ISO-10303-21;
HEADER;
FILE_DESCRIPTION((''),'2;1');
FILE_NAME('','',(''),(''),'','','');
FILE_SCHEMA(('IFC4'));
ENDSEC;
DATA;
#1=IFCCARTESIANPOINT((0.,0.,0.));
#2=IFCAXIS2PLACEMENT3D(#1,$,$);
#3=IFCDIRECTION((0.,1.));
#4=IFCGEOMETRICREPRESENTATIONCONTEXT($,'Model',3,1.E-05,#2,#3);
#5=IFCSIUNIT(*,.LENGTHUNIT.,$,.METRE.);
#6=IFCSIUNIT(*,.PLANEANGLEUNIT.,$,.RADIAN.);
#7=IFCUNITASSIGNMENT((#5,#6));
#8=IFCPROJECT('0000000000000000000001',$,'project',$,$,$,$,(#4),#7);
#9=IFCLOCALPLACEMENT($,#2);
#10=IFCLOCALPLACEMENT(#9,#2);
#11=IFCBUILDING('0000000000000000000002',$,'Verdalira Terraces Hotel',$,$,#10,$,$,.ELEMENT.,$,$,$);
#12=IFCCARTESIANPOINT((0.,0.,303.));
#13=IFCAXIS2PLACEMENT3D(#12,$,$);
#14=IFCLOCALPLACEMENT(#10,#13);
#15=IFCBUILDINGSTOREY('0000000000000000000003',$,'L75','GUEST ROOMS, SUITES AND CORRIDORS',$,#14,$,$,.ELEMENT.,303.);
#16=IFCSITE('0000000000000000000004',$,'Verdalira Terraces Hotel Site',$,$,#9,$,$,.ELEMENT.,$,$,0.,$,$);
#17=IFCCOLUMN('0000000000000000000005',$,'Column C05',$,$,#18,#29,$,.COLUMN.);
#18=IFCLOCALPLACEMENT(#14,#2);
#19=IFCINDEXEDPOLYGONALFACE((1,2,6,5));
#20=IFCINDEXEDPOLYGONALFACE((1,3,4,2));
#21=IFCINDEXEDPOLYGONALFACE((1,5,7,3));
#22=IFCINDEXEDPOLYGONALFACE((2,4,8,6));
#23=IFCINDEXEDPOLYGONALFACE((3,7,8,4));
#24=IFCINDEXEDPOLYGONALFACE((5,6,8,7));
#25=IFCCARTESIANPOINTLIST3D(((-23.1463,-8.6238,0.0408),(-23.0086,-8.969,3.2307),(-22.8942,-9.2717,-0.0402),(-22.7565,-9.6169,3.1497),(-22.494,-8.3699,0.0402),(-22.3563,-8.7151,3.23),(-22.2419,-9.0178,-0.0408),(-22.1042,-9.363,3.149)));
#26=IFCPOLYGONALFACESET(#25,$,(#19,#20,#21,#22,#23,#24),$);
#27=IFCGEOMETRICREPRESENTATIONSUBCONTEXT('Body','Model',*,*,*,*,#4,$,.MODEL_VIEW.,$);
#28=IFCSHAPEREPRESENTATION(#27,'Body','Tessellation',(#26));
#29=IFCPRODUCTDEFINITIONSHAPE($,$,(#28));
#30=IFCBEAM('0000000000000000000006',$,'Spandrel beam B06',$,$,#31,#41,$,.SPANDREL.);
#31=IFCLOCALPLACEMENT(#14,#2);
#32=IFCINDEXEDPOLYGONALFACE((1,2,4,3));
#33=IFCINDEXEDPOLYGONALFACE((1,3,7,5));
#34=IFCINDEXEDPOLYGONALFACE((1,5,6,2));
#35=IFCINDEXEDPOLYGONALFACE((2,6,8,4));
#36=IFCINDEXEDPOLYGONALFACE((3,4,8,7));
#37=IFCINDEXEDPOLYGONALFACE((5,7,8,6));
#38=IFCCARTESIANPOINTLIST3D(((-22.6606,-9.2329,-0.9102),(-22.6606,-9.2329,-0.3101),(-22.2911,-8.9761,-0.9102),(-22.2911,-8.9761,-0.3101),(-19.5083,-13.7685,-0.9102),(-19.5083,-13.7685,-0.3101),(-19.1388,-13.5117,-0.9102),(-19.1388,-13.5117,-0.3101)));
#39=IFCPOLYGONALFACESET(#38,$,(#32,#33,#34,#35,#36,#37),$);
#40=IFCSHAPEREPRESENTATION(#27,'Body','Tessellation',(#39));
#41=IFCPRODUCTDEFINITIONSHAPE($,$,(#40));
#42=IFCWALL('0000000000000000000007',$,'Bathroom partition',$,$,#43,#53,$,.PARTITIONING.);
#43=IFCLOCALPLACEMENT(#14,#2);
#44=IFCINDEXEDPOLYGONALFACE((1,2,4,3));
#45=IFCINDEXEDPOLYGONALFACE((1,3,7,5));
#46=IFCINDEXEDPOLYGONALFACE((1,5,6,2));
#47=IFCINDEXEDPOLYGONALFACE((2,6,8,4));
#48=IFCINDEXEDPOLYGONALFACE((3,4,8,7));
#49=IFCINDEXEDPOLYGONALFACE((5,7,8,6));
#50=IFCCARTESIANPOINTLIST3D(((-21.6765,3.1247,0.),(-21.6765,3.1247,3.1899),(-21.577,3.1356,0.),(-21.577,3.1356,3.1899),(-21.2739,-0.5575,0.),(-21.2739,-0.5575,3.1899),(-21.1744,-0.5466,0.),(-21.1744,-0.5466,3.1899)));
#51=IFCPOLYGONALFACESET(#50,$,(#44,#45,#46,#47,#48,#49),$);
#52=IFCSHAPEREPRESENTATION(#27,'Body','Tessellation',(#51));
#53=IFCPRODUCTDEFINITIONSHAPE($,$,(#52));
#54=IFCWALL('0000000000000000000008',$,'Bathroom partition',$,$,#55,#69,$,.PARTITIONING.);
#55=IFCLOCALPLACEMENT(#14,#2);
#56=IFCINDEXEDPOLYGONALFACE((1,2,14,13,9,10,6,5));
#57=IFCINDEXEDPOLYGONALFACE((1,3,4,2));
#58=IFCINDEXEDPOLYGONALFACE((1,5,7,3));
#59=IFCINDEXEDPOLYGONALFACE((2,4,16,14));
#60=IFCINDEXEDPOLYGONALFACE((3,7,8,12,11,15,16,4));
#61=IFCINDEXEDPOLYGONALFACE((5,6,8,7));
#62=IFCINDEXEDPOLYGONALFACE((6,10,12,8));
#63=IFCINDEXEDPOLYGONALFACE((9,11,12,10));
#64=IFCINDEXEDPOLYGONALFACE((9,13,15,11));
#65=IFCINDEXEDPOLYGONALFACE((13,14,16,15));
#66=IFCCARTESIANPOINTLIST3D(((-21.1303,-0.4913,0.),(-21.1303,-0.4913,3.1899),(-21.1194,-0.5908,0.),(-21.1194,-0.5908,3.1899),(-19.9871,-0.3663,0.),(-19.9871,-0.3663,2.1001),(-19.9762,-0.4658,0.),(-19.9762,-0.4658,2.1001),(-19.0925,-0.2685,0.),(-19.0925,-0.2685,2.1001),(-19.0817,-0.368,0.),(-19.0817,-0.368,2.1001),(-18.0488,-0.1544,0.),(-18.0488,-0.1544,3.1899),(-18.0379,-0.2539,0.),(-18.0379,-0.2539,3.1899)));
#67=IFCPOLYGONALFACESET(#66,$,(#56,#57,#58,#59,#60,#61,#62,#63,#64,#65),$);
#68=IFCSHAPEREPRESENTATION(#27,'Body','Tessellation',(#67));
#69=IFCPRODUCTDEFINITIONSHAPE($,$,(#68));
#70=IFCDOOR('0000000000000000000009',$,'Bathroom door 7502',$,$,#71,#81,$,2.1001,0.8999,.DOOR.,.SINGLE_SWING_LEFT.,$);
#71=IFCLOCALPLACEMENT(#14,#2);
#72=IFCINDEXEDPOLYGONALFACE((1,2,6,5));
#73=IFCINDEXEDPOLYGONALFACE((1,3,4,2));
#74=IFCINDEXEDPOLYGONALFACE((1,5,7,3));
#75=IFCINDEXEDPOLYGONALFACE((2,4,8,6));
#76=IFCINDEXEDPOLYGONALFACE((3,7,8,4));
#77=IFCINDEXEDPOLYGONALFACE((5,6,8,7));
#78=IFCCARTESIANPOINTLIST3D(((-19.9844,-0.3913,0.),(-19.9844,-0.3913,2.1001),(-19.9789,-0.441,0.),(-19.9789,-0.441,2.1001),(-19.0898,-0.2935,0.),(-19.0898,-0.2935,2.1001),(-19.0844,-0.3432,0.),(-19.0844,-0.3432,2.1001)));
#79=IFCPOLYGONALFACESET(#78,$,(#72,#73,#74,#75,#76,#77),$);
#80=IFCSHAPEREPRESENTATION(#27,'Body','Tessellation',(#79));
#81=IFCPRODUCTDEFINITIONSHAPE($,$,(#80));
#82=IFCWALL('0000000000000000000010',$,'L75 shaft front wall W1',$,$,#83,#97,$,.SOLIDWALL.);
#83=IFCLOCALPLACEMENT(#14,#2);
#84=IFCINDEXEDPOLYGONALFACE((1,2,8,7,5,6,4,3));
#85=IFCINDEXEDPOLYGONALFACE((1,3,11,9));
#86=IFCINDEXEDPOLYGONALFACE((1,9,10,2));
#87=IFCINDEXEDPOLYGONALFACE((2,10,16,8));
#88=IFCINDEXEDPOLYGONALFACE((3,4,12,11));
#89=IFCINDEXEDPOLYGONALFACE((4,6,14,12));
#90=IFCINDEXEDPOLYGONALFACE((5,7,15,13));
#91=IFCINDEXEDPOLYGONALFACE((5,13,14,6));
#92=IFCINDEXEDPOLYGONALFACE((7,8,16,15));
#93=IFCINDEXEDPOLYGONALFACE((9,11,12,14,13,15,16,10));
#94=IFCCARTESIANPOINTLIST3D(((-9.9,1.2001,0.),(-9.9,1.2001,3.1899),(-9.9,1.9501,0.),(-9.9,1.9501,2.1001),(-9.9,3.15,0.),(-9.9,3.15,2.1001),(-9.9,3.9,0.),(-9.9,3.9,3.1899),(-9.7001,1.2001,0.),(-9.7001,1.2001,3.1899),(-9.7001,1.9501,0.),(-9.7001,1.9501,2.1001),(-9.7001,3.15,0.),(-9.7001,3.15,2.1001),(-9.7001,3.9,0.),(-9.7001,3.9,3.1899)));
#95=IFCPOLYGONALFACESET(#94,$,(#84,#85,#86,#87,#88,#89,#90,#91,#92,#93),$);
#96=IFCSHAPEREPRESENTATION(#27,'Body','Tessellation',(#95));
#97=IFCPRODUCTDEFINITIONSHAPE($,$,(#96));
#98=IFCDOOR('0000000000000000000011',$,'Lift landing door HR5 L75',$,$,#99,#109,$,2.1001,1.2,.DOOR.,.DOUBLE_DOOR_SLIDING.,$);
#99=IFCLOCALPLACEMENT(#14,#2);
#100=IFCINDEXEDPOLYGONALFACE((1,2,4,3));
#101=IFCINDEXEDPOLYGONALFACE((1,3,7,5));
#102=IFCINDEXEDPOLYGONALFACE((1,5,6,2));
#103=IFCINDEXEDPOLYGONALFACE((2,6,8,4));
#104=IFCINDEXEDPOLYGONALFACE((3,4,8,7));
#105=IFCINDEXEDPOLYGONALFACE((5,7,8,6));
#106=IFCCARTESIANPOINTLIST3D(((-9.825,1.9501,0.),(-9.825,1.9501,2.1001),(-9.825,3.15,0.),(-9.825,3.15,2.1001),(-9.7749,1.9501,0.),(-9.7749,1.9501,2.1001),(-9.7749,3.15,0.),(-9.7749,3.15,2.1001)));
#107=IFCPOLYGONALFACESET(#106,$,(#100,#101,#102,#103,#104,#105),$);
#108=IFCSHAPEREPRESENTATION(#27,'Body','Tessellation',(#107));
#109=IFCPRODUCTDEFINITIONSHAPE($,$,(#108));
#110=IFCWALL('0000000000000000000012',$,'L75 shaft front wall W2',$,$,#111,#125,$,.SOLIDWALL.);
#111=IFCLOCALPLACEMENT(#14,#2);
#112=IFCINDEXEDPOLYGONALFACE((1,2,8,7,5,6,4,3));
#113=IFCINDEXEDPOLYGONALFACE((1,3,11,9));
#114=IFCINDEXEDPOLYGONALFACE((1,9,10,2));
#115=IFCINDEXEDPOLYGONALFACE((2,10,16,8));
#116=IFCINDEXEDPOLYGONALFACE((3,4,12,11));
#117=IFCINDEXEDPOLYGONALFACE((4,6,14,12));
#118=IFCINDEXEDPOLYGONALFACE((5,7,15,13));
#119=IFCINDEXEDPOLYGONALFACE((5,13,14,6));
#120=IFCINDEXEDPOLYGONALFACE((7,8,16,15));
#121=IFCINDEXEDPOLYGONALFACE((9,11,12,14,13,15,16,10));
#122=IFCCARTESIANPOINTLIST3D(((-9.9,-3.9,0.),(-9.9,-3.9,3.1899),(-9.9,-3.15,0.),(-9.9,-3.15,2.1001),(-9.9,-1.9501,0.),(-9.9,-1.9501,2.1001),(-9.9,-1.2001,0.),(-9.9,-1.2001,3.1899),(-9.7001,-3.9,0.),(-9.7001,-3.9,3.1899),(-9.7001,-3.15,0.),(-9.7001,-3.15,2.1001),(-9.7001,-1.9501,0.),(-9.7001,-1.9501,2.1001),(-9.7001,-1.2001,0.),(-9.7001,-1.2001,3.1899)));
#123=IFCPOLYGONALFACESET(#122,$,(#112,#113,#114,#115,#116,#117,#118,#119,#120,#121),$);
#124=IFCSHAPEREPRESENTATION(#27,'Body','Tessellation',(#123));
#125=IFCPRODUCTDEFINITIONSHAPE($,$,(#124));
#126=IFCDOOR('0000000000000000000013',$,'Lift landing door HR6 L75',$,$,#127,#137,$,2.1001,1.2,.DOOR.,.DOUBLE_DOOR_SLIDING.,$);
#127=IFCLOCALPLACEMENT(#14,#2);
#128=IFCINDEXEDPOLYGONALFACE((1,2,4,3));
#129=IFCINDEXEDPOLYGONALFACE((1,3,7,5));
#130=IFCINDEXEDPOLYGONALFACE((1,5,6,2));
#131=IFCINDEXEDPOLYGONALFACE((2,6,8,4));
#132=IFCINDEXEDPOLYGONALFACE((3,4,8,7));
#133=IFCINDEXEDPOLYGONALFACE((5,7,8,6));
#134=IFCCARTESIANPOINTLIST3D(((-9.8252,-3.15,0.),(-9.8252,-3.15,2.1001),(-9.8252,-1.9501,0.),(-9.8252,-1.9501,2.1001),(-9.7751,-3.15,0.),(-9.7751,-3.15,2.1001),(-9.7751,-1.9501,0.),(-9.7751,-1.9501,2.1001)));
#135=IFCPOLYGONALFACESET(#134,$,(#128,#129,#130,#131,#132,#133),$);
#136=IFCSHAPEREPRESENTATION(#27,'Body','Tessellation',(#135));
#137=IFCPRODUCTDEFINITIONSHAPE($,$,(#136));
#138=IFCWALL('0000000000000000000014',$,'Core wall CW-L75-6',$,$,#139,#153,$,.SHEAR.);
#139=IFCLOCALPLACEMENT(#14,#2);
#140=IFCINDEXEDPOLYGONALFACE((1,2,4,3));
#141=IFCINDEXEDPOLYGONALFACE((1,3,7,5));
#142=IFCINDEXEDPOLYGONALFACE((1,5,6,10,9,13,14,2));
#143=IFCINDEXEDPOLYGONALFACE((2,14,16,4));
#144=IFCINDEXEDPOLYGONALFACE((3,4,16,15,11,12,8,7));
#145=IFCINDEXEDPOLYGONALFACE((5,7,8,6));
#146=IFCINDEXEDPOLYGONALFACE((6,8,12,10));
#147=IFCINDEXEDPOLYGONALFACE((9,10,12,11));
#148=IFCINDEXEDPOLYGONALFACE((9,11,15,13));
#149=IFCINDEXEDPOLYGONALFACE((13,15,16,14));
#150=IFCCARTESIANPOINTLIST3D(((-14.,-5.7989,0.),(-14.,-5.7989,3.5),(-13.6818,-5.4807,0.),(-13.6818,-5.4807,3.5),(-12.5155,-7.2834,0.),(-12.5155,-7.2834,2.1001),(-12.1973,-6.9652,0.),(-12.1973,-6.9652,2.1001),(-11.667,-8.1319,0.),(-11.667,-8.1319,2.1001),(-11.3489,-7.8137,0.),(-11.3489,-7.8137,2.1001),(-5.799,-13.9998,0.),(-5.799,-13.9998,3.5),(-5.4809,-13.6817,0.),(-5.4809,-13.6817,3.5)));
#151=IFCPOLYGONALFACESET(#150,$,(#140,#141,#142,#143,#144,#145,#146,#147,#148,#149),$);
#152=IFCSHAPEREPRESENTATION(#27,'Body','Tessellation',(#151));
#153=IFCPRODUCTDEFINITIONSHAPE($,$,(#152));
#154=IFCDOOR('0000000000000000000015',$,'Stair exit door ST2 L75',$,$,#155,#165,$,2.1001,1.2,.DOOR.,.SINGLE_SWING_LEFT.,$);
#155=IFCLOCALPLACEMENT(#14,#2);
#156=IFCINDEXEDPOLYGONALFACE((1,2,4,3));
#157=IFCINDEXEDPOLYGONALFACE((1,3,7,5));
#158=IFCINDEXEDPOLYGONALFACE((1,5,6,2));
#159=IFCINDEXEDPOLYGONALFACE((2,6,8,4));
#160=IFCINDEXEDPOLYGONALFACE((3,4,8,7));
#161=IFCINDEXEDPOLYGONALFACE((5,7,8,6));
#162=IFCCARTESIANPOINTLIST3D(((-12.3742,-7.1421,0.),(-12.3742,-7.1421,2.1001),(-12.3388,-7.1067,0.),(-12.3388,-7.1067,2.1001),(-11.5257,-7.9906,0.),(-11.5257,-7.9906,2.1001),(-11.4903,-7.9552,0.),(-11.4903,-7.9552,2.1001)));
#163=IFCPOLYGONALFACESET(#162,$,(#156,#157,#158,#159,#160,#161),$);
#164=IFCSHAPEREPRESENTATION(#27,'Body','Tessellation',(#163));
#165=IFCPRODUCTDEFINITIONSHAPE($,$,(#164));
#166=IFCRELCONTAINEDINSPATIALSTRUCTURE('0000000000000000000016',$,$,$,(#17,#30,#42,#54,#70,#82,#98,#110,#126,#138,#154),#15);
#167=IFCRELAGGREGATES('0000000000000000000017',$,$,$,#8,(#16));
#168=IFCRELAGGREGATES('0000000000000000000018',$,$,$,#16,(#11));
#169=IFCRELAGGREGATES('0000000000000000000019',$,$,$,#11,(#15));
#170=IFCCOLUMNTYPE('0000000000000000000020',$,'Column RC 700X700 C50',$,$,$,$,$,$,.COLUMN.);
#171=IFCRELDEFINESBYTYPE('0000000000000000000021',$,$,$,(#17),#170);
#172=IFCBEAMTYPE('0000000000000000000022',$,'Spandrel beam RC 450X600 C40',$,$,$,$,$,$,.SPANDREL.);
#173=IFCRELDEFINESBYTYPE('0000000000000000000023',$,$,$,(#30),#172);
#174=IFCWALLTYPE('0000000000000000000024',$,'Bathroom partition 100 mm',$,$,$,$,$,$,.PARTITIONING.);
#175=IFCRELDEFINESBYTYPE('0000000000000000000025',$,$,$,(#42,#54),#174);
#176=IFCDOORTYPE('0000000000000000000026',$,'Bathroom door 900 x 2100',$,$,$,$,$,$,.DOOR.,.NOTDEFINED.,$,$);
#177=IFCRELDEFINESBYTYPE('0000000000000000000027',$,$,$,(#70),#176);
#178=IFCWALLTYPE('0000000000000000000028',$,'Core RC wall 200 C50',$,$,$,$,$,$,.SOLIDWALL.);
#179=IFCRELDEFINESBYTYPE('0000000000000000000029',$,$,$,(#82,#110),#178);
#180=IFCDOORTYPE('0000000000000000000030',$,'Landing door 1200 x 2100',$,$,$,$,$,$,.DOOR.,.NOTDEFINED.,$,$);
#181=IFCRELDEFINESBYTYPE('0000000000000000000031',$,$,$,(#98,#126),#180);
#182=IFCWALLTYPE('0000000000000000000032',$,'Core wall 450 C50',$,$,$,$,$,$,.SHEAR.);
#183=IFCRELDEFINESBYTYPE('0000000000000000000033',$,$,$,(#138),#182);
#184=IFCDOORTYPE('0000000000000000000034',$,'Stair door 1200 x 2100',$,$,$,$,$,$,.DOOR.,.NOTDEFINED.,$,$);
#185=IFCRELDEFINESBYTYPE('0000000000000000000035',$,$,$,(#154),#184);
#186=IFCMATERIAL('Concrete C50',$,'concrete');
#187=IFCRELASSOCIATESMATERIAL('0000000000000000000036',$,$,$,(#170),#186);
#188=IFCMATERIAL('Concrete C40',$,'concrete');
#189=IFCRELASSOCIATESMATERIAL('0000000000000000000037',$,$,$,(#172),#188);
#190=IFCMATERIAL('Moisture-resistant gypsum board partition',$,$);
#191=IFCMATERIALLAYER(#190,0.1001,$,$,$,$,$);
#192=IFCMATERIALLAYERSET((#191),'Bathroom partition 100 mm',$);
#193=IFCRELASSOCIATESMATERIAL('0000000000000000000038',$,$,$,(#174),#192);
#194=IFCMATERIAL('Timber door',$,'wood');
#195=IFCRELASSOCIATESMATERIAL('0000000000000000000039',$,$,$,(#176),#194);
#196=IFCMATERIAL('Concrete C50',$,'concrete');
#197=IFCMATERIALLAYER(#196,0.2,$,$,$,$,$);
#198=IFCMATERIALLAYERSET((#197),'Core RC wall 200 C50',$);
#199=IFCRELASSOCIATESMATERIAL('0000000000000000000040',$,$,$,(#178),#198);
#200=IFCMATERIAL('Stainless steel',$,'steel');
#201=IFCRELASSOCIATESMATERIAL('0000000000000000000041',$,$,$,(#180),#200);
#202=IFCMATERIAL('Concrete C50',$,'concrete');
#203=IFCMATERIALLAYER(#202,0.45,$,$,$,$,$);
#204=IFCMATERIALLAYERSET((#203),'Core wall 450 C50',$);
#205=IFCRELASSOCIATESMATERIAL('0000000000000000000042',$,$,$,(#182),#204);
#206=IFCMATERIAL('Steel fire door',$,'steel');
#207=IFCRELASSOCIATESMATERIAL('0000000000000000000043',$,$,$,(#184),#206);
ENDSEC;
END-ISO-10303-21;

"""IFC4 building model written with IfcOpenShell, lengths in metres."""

from ifc_helpers import new_model, si_unit, direction, frame, frame_2d, origin, origin_2d, place, context, subcontext, project, spatial, rectangle, extrude, material, layer, layer_set, material_profile, profile_set, type_object, element, fill, save


model = new_model("IFC4")

# Units and contexts
model_context = context("Model", 3, precision=1e-05, world=origin(), true_north=direction((0.0, 1.0)))
body_context = subcontext(model_context, "Body", "Model", "MODEL_VIEW")
ifc_project = project(units=[si_unit("LENGTHUNIT", "METRE"), si_unit("PLANEANGLEUNIT", "RADIAN")], contexts=[model_context])

# Site, building, storey
site_placement = place(None, origin())
site = spatial("IfcSite", under=ifc_project, at=site_placement, Name="Verdalira Terraces Hotel Site", CompositionType="ELEMENT", RefElevation=0.0)
building_placement = place(site_placement, origin())
building = spatial("IfcBuilding", under=site, at=building_placement, Name="Verdalira Terraces Hotel", CompositionType="ELEMENT")
storey_placement = place(building_placement, frame((0.0, 0.0, 303.0)))
storey = spatial("IfcBuildingStorey", under=building, at=storey_placement, Name="L75", Description="GUEST ROOMS, SUITES AND CORRIDORS", CompositionType="ELEMENT", Elevation=303.0)

# Column
ifc_material_1 = material(Name="Concrete C50", Category="concrete")
ifc_material_profile_1 = material_profile(ifc_material_1, rectangle(XDim=0.7, YDim=0.7, at=origin_2d()), Name="RC 700X700")
ifc_profile_set_1 = profile_set([ifc_material_profile_1], Name="Concrete C50")
column_type = type_object("IfcColumnType", Name="Column RC 700X700 C50", PredefinedType="COLUMN", material=ifc_profile_set_1)
column_placement = place(storey_placement, frame((-22.6941, -8.8208, 0.0), z_axis=(0.042875, -0.107493, 0.993281), x_axis=(-0.360149, 0.925689, 0.115724)))
element("IfcColumn", 1, at=column_placement, inside=storey, type_object=column_type, Name="Column C05", PredefinedType="COLUMN", context=body_context, shape_type="SweptSolid", body=[
    extrude(rectangle(XDim=0.7, YDim=0.7, at=origin_2d()), origin(), (0.0, 0.0, 1.0), 3.2114),
])

# Beam
ifc_material_2 = material(Name="Concrete C40", Category="concrete")
ifc_material_profile_2 = material_profile(ifc_material_2, rectangle(XDim=0.45, YDim=0.6001, at=origin_2d()), Name="RC 450X600")
ifc_profile_set_2 = profile_set([ifc_material_profile_2], Name="Concrete C40")
beam_type = type_object("IfcBeamType", Name="Spandrel beam RC 450X600 C40", PredefinedType="SPANDREL", material=ifc_profile_set_2)
beam_placement = place(storey_placement, frame((-22.4758, -9.1045, -0.6101), z_axis=(0.570712, -0.82115, 0.0), x_axis=(0.82115, 0.570712, 0.0)))
element("IfcBeam", 2, at=beam_placement, inside=storey, type_object=beam_type, Name="Spandrel beam B06", PredefinedType="SPANDREL", context=body_context, shape_type="SweptSolid", body=[
    extrude(rectangle(XDim=0.45, YDim=0.6001, at=origin_2d()), origin(), (0.0, 0.0, 1.0), 5.5234),
])

# Wall
ifc_material_3 = material(Name="Moisture-resistant gypsum board partition")
ifc_layer_1 = layer(ifc_material_3, 0.1001)
ifc_layer_set_1 = layer_set([ifc_layer_1], Name="Bathroom partition 100 mm")
wall_type_1 = type_object("IfcWallType", Name="Bathroom partition 100 mm", PredefinedType="PARTITIONING", material=ifc_layer_set_1)
wall_1_placement = place(storey_placement, frame((-21.6267, 3.1301, 0.0), z_axis=(0.0, 0.0, 1.0), x_axis=(0.108688, -0.994076, 0.0)))
element("IfcWall", 3, at=wall_1_placement, inside=storey, type_object=wall_type_1, Name="Bathroom partition", PredefinedType="PARTITIONING", context=body_context, shape_type="SweptSolid", body=[
    extrude(rectangle(XDim=3.7041, YDim=0.1001, at=frame_2d((1.8521, 0.0))), origin(), (0.0, 0.0, 1.0), 3.1899),
])

# Walls, openings, doors
wall_2_placement = place(storey_placement, frame((-21.1248, -0.541, 0.0), z_axis=(0.0, 0.0, 1.0), x_axis=(0.994076, 0.108685, 0.0)))
wall_2 = element("IfcWall", 4, at=wall_2_placement, inside=storey, type_object=wall_type_1, Name="Bathroom partition", PredefinedType="PARTITIONING", context=body_context, shape_type="SweptSolid", body=[
    extrude(rectangle(XDim=3.0999, YDim=0.1001, at=frame_2d((1.5498, 0.0))), origin(), (0.0, 0.0, 1.0), 3.1899),
])
opening_1_placement = place(wall_2_placement, frame((1.1499, 0.0, 0.0)))
opening_1 = element("IfcOpeningElement", 5, at=opening_1_placement, cuts=wall_2, PredefinedType="OPENING", context=body_context, shape_type="SweptSolid", body=[
    extrude(rectangle(XDim=0.8999, YDim=2.1001, at=frame_2d((0.45, 1.05))), frame((0.0, 0.0601, 0.0), z_axis=(0.0, -1.0, 0.0), x_axis=(1.0, 0.0, 0.0)), (0.0, 0.0, 1.0), 0.1201),
])
ifc_material_4 = material(Name="Timber door", Category="wood")
door_type_1 = type_object("IfcDoorType", Name="Bathroom door 900 x 2100", OperationType="NOTDEFINED", PredefinedType="DOOR", material=ifc_material_4)
door_1_placement = place(opening_1_placement, origin())
door_1 = element("IfcDoor", 6, at=door_1_placement, inside=storey, type_object=door_type_1, Name="Bathroom door 7502", OperationType="SINGLE_SWING_LEFT", OverallHeight=2.1001, OverallWidth=0.8999, PredefinedType="DOOR", context=body_context, shape_type="SweptSolid", body=[
    extrude(rectangle(XDim=0.8999, YDim=2.1001, at=frame_2d((0.45, 1.05))), frame((0.0, 0.0249, 0.0), z_axis=(0.0, -1.0, 0.0), x_axis=(1.0, 0.0, 0.0)), (0.0, 0.0, 1.0), 0.05),
])
fill(opening_1, door_1)
ifc_material_5 = material(Name="Concrete C50", Category="concrete")
ifc_layer_2 = layer(ifc_material_5, 0.2)
ifc_layer_set_2 = layer_set([ifc_layer_2], Name="Core RC wall 200 C50")
wall_type_2 = type_object("IfcWallType", Name="Core RC wall 200 C50", PredefinedType="SOLIDWALL", material=ifc_layer_set_2)
wall_3_placement = place(storey_placement, frame((-9.8, 1.2, 0.0), z_axis=(0.0, 0.0, 1.0), x_axis=(0.0, 1.0, 0.0)))
wall_3 = element("IfcWall", 7, at=wall_3_placement, inside=storey, type_object=wall_type_2, Name="L75 shaft front wall W1", PredefinedType="SOLIDWALL", context=body_context, shape_type="SweptSolid", body=[
    extrude(rectangle(XDim=2.7, YDim=0.2, at=frame_2d((1.3501, 0.0))), origin(), (0.0, 0.0, 1.0), 3.1899),
])
opening_2_placement = place(wall_3_placement, frame((0.75, 0.0, 0.0)))
opening_2 = element("IfcOpeningElement", 8, at=opening_2_placement, cuts=wall_3, PredefinedType="OPENING", context=body_context, shape_type="SweptSolid", body=[
    extrude(rectangle(XDim=1.2, YDim=2.1001, at=frame_2d((0.6001, 1.05))), frame((0.0, 0.1099, 0.0), z_axis=(0.0, -1.0, 0.0), x_axis=(1.0, 0.0, 0.0)), (0.0, 0.0, 1.0), 0.22),
])
ifc_material_6 = material(Name="Stainless steel", Category="steel")
door_type_2 = type_object("IfcDoorType", Name="Landing door 1200 x 2100", OperationType="NOTDEFINED", PredefinedType="DOOR", material=ifc_material_6)
door_2_placement = place(opening_2_placement, origin())
door_2 = element("IfcDoor", 9, at=door_2_placement, inside=storey, type_object=door_type_2, Name="Lift landing door HR5 L75", OperationType="DOUBLE_DOOR_SLIDING", OverallHeight=2.1001, OverallWidth=1.2, PredefinedType="DOOR", context=body_context, shape_type="SweptSolid", body=[
    extrude(rectangle(XDim=1.2, YDim=2.1001, at=frame_2d((0.6001, 1.05))), frame((0.0, 0.0249, 0.0), z_axis=(0.0, -1.0, 0.0), x_axis=(1.0, 0.0, 0.0)), (0.0, 0.0, 1.0), 0.05),
])
fill(opening_2, door_2)
wall_4_placement = place(storey_placement, frame((-9.8, -1.2, 0.0), z_axis=(0.0, 0.0, 1.0), x_axis=(0.0, -1.0, 0.0)))
wall_4 = element("IfcWall", 10, at=wall_4_placement, inside=storey, type_object=wall_type_2, Name="L75 shaft front wall W2", PredefinedType="SOLIDWALL", context=body_context, shape_type="SweptSolid", body=[
    extrude(rectangle(XDim=2.7, YDim=0.2, at=frame_2d((1.3501, 0.0))), origin(), (0.0, 0.0, 1.0), 3.1899),
])
opening_3_placement = place(wall_4_placement, frame((0.75, 0.0, 0.0)))
opening_3 = element("IfcOpeningElement", 11, at=opening_3_placement, cuts=wall_4, PredefinedType="OPENING", context=body_context, shape_type="SweptSolid", body=[
    extrude(rectangle(XDim=1.2, YDim=2.1001, at=frame_2d((0.6001, 1.05))), frame((0.0, 0.1099, 0.0), z_axis=(0.0, -1.0, 0.0), x_axis=(1.0, 0.0, 0.0)), (0.0, 0.0, 1.0), 0.22),
])
door_3_placement = place(opening_3_placement, origin())
door_3 = element("IfcDoor", 12, at=door_3_placement, inside=storey, type_object=door_type_2, Name="Lift landing door HR6 L75", OperationType="DOUBLE_DOOR_SLIDING", OverallHeight=2.1001, OverallWidth=1.2, PredefinedType="DOOR", context=body_context, shape_type="SweptSolid", body=[
    extrude(rectangle(XDim=1.2, YDim=2.1001, at=frame_2d((0.6001, 1.05))), frame((0.0, 0.0249, 0.0), z_axis=(0.0, -1.0, 0.0), x_axis=(1.0, 0.0, 0.0)), (0.0, 0.0, 1.0), 0.05),
])
fill(opening_3, door_3)
ifc_material_7 = material(Name="Concrete C50", Category="concrete")
ifc_layer_3 = layer(ifc_material_7, 0.45)
ifc_layer_set_3 = layer_set([ifc_layer_3], Name="Core wall 450 C50")
wall_type_3 = type_object("IfcWallType", Name="Core wall 450 C50", PredefinedType="SHEAR", material=ifc_layer_set_3)
wall_5_placement = place(storey_placement, frame((-13.8408, -5.6399, 0.0), z_axis=(0.0, 0.0, 1.0), x_axis=(0.707107, -0.707107, 0.0)))
wall_5 = element("IfcWall", 13, at=wall_5_placement, inside=storey, type_object=wall_type_3, Name="Core wall CW-L75-6", PredefinedType="SHEAR", context=body_context, shape_type="SweptSolid", body=[
    extrude(rectangle(XDim=11.5979, YDim=0.45, at=frame_2d((5.7988, 0.0))), origin(), (0.0, 0.0, 1.0), 3.5),
])
opening_4_placement = place(wall_5_placement, frame((2.0991, 0.0, 0.0)))
opening_4 = element("IfcOpeningElement", 14, at=opening_4_placement, cuts=wall_5, PredefinedType="OPENING", context=body_context, shape_type="SweptSolid", body=[
    extrude(rectangle(XDim=1.2, YDim=2.1001, at=frame_2d((0.6001, 1.05))), frame((0.0, 0.2349, 0.0), z_axis=(0.0, -1.0, 0.0), x_axis=(1.0, 0.0, 0.0)), (0.0, 0.0, 1.0), 0.47),
])
ifc_material_8 = material(Name="Steel fire door", Category="steel")
door_type_3 = type_object("IfcDoorType", Name="Stair door 1200 x 2100", OperationType="NOTDEFINED", PredefinedType="DOOR", material=ifc_material_8)
door_4_placement = place(opening_4_placement, origin())
door_4 = element("IfcDoor", 15, at=door_4_placement, inside=storey, type_object=door_type_3, Name="Stair exit door ST2 L75", OperationType="SINGLE_SWING_LEFT", OverallHeight=2.1001, OverallWidth=1.2, PredefinedType="DOOR", context=body_context, shape_type="SweptSolid", body=[
    extrude(rectangle(XDim=1.2, YDim=2.1001, at=frame_2d((0.6001, 1.05))), frame((0.0, 0.0249, 0.0), z_axis=(0.0, -1.0, 0.0), x_axis=(1.0, 0.0, 0.0)), (0.0, 0.0, 1.0), 0.05),
])
fill(opening_4, door_4)

save(model, "model.ifc")
